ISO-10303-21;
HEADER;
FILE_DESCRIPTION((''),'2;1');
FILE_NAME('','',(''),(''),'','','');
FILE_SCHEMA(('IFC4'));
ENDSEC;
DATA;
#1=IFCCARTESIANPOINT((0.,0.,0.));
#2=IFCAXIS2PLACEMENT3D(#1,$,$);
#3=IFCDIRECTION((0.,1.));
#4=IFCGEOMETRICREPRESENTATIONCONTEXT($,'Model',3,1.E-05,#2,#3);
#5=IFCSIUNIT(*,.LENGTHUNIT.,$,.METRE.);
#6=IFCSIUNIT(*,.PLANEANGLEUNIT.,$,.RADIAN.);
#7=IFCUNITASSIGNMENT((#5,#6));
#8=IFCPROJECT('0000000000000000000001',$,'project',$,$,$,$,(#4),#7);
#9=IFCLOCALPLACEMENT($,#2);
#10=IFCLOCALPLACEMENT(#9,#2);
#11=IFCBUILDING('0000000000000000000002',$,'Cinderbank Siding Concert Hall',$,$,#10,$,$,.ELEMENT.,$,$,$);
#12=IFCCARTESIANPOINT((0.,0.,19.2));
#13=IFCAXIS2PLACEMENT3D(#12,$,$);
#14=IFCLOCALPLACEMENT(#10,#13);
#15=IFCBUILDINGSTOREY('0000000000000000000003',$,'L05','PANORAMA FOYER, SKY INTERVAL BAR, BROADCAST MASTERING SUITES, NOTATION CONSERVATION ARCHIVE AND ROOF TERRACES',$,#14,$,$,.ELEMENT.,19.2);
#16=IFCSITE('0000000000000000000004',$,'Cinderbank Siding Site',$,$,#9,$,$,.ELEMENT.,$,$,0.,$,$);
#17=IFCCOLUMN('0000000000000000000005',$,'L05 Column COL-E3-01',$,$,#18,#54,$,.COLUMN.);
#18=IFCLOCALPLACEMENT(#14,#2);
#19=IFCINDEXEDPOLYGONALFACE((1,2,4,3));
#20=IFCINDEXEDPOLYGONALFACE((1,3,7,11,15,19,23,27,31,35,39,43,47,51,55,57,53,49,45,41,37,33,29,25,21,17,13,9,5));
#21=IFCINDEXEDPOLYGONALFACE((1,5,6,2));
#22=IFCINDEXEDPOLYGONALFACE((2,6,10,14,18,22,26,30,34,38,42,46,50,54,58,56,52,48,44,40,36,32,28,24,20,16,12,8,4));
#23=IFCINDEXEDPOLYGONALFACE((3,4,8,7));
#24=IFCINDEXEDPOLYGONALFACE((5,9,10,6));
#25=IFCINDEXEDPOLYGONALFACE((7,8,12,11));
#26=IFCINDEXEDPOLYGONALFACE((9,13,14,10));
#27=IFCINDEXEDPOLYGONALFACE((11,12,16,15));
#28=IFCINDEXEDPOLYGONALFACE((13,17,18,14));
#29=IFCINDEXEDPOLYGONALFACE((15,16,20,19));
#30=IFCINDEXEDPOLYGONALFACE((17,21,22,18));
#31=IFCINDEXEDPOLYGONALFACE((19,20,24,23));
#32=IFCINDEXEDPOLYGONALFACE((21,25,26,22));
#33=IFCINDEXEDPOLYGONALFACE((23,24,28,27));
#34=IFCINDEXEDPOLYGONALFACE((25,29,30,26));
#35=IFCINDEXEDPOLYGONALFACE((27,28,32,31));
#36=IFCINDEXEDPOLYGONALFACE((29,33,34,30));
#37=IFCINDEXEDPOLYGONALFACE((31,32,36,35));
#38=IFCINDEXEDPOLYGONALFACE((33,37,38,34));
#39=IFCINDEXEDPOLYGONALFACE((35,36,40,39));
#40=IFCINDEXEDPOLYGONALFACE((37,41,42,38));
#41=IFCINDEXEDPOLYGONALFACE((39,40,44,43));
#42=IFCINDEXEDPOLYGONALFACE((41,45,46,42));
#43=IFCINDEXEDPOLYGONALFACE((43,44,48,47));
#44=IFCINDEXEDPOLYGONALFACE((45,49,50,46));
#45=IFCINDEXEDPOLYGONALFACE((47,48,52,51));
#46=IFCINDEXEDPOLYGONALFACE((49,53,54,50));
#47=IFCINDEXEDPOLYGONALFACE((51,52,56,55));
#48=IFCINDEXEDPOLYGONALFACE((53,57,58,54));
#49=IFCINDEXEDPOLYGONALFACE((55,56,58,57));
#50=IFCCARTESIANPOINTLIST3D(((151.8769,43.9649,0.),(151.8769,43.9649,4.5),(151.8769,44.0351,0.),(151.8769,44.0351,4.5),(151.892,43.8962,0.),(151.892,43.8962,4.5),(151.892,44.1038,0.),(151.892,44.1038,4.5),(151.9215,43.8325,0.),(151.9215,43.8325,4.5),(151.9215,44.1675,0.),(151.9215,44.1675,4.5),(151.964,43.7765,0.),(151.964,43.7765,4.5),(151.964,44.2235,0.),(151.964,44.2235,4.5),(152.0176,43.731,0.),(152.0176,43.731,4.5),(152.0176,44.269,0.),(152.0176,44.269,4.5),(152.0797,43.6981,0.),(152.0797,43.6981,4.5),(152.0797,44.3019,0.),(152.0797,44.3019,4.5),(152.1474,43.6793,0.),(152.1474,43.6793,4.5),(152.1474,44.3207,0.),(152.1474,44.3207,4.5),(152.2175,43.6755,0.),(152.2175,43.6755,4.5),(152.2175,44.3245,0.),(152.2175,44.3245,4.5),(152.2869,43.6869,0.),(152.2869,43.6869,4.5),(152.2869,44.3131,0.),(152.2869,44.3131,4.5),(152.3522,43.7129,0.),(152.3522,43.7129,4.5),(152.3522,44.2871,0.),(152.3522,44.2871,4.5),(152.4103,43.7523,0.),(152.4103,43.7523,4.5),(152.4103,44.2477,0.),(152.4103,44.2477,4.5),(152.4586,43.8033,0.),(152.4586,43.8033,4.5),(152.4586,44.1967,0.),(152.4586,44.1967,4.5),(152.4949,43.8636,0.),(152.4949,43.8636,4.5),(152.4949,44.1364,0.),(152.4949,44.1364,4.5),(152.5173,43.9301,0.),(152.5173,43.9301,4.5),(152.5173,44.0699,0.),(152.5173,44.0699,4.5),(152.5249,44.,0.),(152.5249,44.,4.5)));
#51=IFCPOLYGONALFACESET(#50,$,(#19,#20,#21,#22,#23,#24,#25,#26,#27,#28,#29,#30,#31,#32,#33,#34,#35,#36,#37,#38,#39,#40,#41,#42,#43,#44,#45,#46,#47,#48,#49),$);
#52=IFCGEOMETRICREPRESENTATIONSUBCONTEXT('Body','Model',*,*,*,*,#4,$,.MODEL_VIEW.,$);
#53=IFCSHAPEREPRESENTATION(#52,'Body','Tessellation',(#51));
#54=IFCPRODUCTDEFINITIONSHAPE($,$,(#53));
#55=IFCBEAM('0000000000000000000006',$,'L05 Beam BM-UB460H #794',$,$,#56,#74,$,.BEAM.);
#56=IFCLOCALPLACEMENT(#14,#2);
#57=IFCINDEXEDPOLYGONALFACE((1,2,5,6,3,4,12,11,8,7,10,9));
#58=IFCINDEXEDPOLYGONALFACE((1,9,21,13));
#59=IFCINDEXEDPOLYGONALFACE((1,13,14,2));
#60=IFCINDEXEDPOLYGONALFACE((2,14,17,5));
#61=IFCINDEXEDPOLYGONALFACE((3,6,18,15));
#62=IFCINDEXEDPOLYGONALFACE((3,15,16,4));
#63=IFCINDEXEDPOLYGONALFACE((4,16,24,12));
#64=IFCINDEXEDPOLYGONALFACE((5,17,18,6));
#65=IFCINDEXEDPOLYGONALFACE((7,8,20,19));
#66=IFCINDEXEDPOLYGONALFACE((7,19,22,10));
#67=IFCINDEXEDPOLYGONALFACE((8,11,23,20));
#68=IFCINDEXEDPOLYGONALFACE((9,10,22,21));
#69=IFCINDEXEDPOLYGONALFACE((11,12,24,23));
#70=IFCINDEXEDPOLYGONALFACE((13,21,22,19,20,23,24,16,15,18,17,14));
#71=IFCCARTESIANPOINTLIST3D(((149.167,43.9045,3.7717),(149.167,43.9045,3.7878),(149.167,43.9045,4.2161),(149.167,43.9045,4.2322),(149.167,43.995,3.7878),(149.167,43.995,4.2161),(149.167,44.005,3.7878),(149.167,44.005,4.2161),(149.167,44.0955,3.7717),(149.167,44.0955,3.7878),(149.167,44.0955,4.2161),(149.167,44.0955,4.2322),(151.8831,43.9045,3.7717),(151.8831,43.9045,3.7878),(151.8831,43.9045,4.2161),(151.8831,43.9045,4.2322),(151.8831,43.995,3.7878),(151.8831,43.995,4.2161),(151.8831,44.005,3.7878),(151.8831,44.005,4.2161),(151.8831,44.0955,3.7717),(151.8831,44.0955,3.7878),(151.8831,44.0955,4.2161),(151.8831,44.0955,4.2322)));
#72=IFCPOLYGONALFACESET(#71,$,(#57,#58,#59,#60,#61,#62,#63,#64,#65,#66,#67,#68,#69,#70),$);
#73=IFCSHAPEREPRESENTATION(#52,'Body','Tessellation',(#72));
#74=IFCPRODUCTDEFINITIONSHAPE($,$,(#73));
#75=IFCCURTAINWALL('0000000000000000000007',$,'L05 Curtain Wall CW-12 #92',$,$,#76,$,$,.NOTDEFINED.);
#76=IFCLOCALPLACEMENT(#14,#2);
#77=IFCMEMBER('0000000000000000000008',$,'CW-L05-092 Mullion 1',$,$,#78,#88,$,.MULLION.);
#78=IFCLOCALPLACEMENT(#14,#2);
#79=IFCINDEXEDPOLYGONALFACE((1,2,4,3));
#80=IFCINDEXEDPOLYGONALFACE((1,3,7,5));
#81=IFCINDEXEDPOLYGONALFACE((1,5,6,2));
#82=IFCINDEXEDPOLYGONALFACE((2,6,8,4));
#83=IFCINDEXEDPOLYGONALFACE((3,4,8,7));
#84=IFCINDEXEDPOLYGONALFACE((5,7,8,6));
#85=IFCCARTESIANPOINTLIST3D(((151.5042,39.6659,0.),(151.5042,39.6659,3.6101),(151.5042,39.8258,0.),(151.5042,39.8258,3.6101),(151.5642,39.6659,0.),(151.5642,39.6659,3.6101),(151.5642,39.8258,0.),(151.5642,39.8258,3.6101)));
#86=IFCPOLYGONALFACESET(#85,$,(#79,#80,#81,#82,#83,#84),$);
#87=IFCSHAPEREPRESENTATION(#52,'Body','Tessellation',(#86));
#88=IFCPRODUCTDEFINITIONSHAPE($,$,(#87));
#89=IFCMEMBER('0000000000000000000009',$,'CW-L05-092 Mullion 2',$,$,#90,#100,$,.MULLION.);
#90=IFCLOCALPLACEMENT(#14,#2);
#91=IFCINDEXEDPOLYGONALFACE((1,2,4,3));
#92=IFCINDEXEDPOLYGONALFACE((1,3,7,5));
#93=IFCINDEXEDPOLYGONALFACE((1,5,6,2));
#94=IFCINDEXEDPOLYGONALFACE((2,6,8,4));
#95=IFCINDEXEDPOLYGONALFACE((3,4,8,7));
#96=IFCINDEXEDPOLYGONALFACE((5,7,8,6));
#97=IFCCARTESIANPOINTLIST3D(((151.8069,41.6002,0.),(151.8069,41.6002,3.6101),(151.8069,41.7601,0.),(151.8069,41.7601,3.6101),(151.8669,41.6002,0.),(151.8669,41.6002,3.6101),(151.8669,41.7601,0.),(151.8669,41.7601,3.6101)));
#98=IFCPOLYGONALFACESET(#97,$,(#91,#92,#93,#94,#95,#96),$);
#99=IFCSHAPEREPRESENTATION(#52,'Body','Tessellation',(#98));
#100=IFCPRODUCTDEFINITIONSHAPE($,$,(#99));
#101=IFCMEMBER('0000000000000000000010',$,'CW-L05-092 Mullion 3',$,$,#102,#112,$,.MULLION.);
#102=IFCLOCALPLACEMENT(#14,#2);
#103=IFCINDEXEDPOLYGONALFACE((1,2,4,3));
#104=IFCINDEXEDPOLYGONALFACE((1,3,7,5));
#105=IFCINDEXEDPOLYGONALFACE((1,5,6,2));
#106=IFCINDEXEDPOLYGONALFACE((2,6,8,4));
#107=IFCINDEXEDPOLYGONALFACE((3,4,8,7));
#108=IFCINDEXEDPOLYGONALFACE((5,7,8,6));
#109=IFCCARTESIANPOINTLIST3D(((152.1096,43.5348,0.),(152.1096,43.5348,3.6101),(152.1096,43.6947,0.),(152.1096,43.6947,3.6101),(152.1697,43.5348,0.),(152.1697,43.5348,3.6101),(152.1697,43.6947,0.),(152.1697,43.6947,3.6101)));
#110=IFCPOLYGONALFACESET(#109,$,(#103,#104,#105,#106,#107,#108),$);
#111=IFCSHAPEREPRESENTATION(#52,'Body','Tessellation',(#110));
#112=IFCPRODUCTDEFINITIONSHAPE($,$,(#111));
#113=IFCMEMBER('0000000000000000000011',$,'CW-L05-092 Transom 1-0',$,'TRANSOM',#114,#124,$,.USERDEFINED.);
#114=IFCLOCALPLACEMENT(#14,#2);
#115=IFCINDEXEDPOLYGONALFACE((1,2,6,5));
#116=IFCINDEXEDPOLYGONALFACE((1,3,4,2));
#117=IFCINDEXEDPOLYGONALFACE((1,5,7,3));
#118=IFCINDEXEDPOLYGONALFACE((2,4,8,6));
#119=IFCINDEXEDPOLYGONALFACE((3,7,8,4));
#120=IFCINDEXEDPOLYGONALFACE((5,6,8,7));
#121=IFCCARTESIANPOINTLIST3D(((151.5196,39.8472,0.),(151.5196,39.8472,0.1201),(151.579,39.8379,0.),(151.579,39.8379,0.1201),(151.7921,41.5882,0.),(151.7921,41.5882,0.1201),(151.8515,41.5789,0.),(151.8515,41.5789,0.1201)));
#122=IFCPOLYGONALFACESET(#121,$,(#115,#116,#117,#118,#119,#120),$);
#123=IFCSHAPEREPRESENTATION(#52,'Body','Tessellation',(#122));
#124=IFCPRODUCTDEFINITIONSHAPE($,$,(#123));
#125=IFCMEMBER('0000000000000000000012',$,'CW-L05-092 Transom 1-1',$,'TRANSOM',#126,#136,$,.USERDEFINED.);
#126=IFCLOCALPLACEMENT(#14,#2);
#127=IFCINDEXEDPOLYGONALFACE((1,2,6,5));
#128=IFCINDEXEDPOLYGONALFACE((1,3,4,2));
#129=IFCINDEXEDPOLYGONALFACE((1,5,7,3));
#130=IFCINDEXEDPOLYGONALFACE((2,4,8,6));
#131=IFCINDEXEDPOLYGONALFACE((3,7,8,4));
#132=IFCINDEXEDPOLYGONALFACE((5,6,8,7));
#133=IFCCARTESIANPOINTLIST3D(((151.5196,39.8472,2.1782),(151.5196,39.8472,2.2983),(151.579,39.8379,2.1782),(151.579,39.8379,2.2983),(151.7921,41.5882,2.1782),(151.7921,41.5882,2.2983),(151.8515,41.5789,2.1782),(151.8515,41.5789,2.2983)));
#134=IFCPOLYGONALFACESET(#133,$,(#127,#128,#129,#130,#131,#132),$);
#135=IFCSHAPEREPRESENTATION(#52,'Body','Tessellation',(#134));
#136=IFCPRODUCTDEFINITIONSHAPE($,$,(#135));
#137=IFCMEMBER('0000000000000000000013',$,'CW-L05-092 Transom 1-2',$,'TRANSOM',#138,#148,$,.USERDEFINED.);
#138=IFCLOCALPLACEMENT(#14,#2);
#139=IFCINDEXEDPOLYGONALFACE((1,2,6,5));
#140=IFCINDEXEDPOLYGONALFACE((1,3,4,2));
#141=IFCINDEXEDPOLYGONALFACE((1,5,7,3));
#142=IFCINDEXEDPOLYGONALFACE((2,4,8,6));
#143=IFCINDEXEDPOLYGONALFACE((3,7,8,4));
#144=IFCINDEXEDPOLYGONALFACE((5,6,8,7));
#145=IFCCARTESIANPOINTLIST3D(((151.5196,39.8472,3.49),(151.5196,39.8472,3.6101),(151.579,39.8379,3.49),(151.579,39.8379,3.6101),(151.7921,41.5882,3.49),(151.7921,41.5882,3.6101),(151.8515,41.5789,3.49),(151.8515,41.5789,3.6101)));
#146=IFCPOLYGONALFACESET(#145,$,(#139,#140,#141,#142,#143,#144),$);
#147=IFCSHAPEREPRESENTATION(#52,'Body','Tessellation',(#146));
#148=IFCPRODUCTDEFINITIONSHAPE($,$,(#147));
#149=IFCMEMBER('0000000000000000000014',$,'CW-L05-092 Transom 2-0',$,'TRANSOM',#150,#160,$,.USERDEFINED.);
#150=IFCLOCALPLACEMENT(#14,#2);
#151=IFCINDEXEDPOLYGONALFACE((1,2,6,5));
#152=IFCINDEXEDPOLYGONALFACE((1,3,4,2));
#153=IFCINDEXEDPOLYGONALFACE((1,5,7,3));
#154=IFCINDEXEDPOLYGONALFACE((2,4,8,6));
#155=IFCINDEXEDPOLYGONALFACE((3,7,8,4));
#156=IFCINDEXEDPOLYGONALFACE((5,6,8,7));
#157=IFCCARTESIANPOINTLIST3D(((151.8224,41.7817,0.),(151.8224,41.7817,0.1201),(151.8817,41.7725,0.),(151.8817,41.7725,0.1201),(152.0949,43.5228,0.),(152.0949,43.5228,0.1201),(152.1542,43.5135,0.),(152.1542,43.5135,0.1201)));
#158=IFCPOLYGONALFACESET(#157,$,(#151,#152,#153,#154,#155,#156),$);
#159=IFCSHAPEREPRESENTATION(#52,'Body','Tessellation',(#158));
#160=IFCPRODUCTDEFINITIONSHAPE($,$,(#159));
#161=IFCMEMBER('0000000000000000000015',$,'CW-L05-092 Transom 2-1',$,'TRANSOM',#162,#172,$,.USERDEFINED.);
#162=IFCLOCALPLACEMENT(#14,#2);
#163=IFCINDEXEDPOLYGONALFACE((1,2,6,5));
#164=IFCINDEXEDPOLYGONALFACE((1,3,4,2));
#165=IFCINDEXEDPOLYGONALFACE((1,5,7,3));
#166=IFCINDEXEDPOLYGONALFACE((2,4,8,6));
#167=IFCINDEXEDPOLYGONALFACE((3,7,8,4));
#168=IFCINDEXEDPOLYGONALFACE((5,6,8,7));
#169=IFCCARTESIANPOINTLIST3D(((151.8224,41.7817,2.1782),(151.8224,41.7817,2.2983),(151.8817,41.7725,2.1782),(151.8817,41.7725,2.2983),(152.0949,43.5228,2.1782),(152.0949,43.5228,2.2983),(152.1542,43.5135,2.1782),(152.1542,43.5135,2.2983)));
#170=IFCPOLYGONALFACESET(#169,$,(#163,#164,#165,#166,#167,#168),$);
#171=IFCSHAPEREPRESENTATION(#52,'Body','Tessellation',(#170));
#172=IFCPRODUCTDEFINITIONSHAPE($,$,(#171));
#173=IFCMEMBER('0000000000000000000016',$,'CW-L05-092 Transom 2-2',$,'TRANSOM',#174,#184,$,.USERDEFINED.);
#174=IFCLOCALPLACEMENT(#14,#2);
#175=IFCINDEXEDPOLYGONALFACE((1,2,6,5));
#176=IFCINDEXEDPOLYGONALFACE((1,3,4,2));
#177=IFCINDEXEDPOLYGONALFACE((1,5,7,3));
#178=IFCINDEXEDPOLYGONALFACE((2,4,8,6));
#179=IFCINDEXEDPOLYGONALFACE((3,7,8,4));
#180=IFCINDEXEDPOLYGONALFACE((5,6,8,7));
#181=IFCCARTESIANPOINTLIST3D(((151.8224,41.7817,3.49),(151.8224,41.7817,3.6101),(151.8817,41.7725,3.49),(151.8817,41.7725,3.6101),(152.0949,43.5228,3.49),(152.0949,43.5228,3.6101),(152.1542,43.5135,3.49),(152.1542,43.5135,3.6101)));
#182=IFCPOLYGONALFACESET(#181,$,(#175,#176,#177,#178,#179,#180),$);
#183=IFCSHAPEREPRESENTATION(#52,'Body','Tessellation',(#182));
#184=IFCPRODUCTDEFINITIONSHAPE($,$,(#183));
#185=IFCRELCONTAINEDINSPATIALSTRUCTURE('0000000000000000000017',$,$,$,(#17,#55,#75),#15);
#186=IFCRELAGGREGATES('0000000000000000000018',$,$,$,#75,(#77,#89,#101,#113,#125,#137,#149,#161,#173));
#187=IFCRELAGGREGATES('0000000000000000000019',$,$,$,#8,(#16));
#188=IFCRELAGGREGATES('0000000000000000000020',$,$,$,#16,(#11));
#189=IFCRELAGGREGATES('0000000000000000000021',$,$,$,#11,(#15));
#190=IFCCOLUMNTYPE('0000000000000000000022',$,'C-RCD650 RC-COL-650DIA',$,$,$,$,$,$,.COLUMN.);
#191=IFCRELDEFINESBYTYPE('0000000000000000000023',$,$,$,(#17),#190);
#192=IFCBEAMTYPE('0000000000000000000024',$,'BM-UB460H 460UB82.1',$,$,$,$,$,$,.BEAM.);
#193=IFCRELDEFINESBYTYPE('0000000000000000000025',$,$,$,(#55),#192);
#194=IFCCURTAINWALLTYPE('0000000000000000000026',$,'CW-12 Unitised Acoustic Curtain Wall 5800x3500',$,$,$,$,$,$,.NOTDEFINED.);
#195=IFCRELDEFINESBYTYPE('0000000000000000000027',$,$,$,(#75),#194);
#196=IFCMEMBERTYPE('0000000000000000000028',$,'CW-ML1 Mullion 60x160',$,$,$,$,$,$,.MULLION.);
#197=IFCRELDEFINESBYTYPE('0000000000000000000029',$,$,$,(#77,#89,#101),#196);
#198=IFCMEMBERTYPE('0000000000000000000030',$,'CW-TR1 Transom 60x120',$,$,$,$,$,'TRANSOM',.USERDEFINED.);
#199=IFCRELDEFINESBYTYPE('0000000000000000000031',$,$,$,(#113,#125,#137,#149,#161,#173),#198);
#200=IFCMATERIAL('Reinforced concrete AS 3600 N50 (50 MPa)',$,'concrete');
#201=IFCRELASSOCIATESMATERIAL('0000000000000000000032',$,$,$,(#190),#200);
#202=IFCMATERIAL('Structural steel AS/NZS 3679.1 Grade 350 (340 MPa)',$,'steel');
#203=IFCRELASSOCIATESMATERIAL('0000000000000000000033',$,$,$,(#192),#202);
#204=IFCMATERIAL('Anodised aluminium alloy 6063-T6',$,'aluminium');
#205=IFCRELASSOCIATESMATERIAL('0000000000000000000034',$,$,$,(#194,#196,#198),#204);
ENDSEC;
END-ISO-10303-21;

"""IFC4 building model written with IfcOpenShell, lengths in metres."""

from ifc_helpers import new_model, si_unit, direction, frame, origin, origin_2d, place, context, subcontext, project, spatial, rectangle, circle, i_section, extrude, material, material_profile, profile_set, type_object, element, aggregate, save


model = new_model("IFC4")

# Units and contexts
model_context = context("Model", 3, precision=1e-05, world=origin(), true_north=direction((0.0, 1.0)))
body_context = subcontext(model_context, "Body", "Model", "MODEL_VIEW")
ifc_project = project(units=[si_unit("LENGTHUNIT", "METRE"), si_unit("PLANEANGLEUNIT", "RADIAN")], contexts=[model_context])

# Site, building, storey
site_placement = place(None, origin())
site = spatial("IfcSite", under=ifc_project, at=site_placement, Name="Cinderbank Siding Site", CompositionType="ELEMENT", RefElevation=0.0)
building_placement = place(site_placement, origin())
building = spatial("IfcBuilding", under=site, at=building_placement, Name="Cinderbank Siding Concert Hall", CompositionType="ELEMENT")
storey_placement = place(building_placement, frame((0.0, 0.0, 19.2)))
storey = spatial("IfcBuildingStorey", under=building, at=storey_placement, Name="L05", Description="PANORAMA FOYER, SKY INTERVAL BAR, BROADCAST MASTERING SUITES, NOTATION CONSERVATION ARCHIVE AND ROOF TERRACES", CompositionType="ELEMENT", Elevation=19.2)

# Column
ifc_material_1 = material(Name="Reinforced concrete AS 3600 N50 (50 MPa)", Category="concrete")
ifc_material_profile_1 = material_profile(ifc_material_1, circle(Radius=0.325, at=origin_2d()), Name="RC-COL-650DIA", Category="LoadBearing")
ifc_profile_set_1 = profile_set([ifc_material_profile_1], Name="Reinforced concrete AS 3600 N50 (50 MPa)")
column_type = type_object("IfcColumnType", Name="C-RCD650 RC-COL-650DIA", PredefinedType="COLUMN", material=ifc_profile_set_1)
column_placement = place(storey_placement, frame((152.2, 44.0, 0.0), z_axis=(0.0, 0.0, 1.0), x_axis=(1.0, 0.0, 0.0)))
element("IfcColumn", 1, at=column_placement, inside=storey, type_object=column_type, Name="L05 Column COL-E3-01", PredefinedType="COLUMN", context=body_context, shape_type="SweptSolid", body=[
    extrude(circle(Radius=0.325, at=origin_2d()), origin(), (0.0, 0.0, 1.0), 4.5),
])

# Beam
ifc_material_2 = material(Name="Structural steel AS/NZS 3679.1 Grade 350 (340 MPa)", Category="steel")
ifc_material_profile_2 = material_profile(ifc_material_2, i_section(OverallWidth=0.1909, OverallDepth=0.4604, WebThickness=0.01, FlangeThickness=0.0161, at=origin_2d()), Name="460UB82.1", Category="LoadBearing")
ifc_profile_set_2 = profile_set([ifc_material_profile_2], Name="Structural steel AS/NZS 3679.1 Grade 350 (340 MPa)")
beam_type = type_object("IfcBeamType", Name="BM-UB460H 460UB82.1", PredefinedType="BEAM", material=ifc_profile_set_2)
beam_placement = place(storey_placement, frame((149.167, 44.0, 4.002), z_axis=(1.0, 0.0, 0.0), x_axis=(0.0, 1.0, 0.0)))
element("IfcBeam", 2, at=beam_placement, inside=storey, type_object=beam_type, Name="L05 Beam BM-UB460H #794", PredefinedType="BEAM", context=body_context, shape_type="SweptSolid", body=[
    extrude(i_section(OverallWidth=0.1909, OverallDepth=0.4604, WebThickness=0.01, FlangeThickness=0.0161, at=origin_2d()), origin(), (0.0, 0.0, 1.0), 2.7161),
])

# Curtain wall, members
ifc_material_3 = material(Name="Anodised aluminium alloy 6063-T6", Category="aluminium")
curtain_wall_type = type_object("IfcCurtainWallType", Name="CW-12 Unitised Acoustic Curtain Wall 5800x3500", PredefinedType="NOTDEFINED", material=ifc_material_3)
curtain_wall_placement = place(storey_placement, origin())
curtain_wall = element("IfcCurtainWall", 3, at=curtain_wall_placement, inside=storey, type_object=curtain_wall_type, Name="L05 Curtain Wall CW-12 #92", PredefinedType="NOTDEFINED")
ifc_material_profile_3 = material_profile(ifc_material_3, rectangle(XDim=0.0601, YDim=0.1599, at=origin_2d()), Name="ALU-MULL-60x160", Category="LoadBearing")
ifc_profile_set_3 = profile_set([ifc_material_profile_3], Name="Anodised aluminium alloy 6063-T6")
member_type_1 = type_object("IfcMemberType", Name="CW-ML1 Mullion 60x160", PredefinedType="MULLION", material=ifc_profile_set_3)
member_1_placement = place(storey_placement, frame((151.5342, 39.7458, 0.0), z_axis=(0.0, 0.0, 1.0), x_axis=(1.0, 0.0, 0.0)))
member_1 = element("IfcMember", 4, at=member_1_placement, type_object=member_type_1, Name="CW-L05-092 Mullion 1", PredefinedType="MULLION", context=body_context, shape_type="SweptSolid", body=[
    extrude(rectangle(XDim=0.0601, YDim=0.1599, at=origin_2d()), origin(), (0.0, 0.0, 1.0), 3.6101),
])
member_2_placement = place(storey_placement, frame((151.8369, 41.6802, 0.0), z_axis=(0.0, 0.0, 1.0), x_axis=(1.0, 0.0, 0.0)))
member_2 = element("IfcMember", 5, at=member_2_placement, type_object=member_type_1, Name="CW-L05-092 Mullion 2", PredefinedType="MULLION", context=body_context, shape_type="SweptSolid", body=[
    extrude(rectangle(XDim=0.0601, YDim=0.1599, at=origin_2d()), origin(), (0.0, 0.0, 1.0), 3.6101),
])
member_3_placement = place(storey_placement, frame((152.1396, 43.6147, 0.0), z_axis=(0.0, 0.0, 1.0), x_axis=(1.0, 0.0, 0.0)))
member_3 = element("IfcMember", 6, at=member_3_placement, type_object=member_type_1, Name="CW-L05-092 Mullion 3", PredefinedType="MULLION", context=body_context, shape_type="SweptSolid", body=[
    extrude(rectangle(XDim=0.0601, YDim=0.1599, at=origin_2d()), origin(), (0.0, 0.0, 1.0), 3.6101),
])
ifc_material_profile_4 = material_profile(ifc_material_3, rectangle(XDim=0.0601, YDim=0.1201, at=origin_2d()), Name="ALU-TRAN-60x120", Category="LoadBearing")
ifc_profile_set_4 = profile_set([ifc_material_profile_4], Name="Anodised aluminium alloy 6063-T6")
member_type_2 = type_object("IfcMemberType", Name="CW-TR1 Transom 60x120", ElementType="TRANSOM", PredefinedType="USERDEFINED", material=ifc_profile_set_4)
member_4_placement = place(storey_placement, frame((151.5493, 39.8425, 0.0601), z_axis=(0.154618, 0.987974, 0.0), x_axis=(-0.987974, 0.154618, 0.0)))
member_4 = element("IfcMember", 7, at=member_4_placement, type_object=member_type_2, Name="CW-L05-092 Transom 1-0", ObjectType="TRANSOM", PredefinedType="USERDEFINED", context=body_context, shape_type="SweptSolid", body=[
    extrude(rectangle(XDim=0.0601, YDim=0.1201, at=origin_2d()), origin(), (0.0, 0.0, 1.0), 1.7622),
])
member_5_placement = place(storey_placement, frame((151.5493, 39.8425, 2.2383), z_axis=(0.154618, 0.987974, 0.0), x_axis=(-0.987974, 0.154618, 0.0)))
member_5 = element("IfcMember", 8, at=member_5_placement, type_object=member_type_2, Name="CW-L05-092 Transom 1-1", ObjectType="TRANSOM", PredefinedType="USERDEFINED", context=body_context, shape_type="SweptSolid", body=[
    extrude(rectangle(XDim=0.0601, YDim=0.1201, at=origin_2d()), origin(), (0.0, 0.0, 1.0), 1.7622),
])
member_6_placement = place(storey_placement, frame((151.5493, 39.8425, 3.55), z_axis=(0.154618, 0.987974, 0.0), x_axis=(-0.987974, 0.154618, 0.0)))
member_6 = element("IfcMember", 9, at=member_6_placement, type_object=member_type_2, Name="CW-L05-092 Transom 1-2", ObjectType="TRANSOM", PredefinedType="USERDEFINED", context=body_context, shape_type="SweptSolid", body=[
    extrude(rectangle(XDim=0.0601, YDim=0.1201, at=origin_2d()), origin(), (0.0, 0.0, 1.0), 1.7622),
])
member_7_placement = place(storey_placement, frame((151.8521, 41.7771, 0.0601), z_axis=(0.154618, 0.987974, 0.0), x_axis=(-0.987974, 0.154618, 0.0)))
member_7 = element("IfcMember", 10, at=member_7_placement, type_object=member_type_2, Name="CW-L05-092 Transom 2-0", ObjectType="TRANSOM", PredefinedType="USERDEFINED", context=body_context, shape_type="SweptSolid", body=[
    extrude(rectangle(XDim=0.0601, YDim=0.1201, at=origin_2d()), origin(), (0.0, 0.0, 1.0), 1.7622),
])
member_8_placement = place(storey_placement, frame((151.8521, 41.7771, 2.2383), z_axis=(0.154618, 0.987974, 0.0), x_axis=(-0.987974, 0.154618, 0.0)))
member_8 = element("IfcMember", 11, at=member_8_placement, type_object=member_type_2, Name="CW-L05-092 Transom 2-1", ObjectType="TRANSOM", PredefinedType="USERDEFINED", context=body_context, shape_type="SweptSolid", body=[
    extrude(rectangle(XDim=0.0601, YDim=0.1201, at=origin_2d()), origin(), (0.0, 0.0, 1.0), 1.7622),
])
member_9_placement = place(storey_placement, frame((151.8521, 41.7771, 3.55), z_axis=(0.154618, 0.987974, 0.0), x_axis=(-0.987974, 0.154618, 0.0)))
member_9 = element("IfcMember", 12, at=member_9_placement, type_object=member_type_2, Name="CW-L05-092 Transom 2-2", ObjectType="TRANSOM", PredefinedType="USERDEFINED", context=body_context, shape_type="SweptSolid", body=[
    extrude(rectangle(XDim=0.0601, YDim=0.1201, at=origin_2d()), origin(), (0.0, 0.0, 1.0), 1.7622),
])
aggregate(curtain_wall, [member_1, member_2, member_3, member_4, member_5, member_6, member_7, member_8, member_9])

save(model, "model.ifc")
